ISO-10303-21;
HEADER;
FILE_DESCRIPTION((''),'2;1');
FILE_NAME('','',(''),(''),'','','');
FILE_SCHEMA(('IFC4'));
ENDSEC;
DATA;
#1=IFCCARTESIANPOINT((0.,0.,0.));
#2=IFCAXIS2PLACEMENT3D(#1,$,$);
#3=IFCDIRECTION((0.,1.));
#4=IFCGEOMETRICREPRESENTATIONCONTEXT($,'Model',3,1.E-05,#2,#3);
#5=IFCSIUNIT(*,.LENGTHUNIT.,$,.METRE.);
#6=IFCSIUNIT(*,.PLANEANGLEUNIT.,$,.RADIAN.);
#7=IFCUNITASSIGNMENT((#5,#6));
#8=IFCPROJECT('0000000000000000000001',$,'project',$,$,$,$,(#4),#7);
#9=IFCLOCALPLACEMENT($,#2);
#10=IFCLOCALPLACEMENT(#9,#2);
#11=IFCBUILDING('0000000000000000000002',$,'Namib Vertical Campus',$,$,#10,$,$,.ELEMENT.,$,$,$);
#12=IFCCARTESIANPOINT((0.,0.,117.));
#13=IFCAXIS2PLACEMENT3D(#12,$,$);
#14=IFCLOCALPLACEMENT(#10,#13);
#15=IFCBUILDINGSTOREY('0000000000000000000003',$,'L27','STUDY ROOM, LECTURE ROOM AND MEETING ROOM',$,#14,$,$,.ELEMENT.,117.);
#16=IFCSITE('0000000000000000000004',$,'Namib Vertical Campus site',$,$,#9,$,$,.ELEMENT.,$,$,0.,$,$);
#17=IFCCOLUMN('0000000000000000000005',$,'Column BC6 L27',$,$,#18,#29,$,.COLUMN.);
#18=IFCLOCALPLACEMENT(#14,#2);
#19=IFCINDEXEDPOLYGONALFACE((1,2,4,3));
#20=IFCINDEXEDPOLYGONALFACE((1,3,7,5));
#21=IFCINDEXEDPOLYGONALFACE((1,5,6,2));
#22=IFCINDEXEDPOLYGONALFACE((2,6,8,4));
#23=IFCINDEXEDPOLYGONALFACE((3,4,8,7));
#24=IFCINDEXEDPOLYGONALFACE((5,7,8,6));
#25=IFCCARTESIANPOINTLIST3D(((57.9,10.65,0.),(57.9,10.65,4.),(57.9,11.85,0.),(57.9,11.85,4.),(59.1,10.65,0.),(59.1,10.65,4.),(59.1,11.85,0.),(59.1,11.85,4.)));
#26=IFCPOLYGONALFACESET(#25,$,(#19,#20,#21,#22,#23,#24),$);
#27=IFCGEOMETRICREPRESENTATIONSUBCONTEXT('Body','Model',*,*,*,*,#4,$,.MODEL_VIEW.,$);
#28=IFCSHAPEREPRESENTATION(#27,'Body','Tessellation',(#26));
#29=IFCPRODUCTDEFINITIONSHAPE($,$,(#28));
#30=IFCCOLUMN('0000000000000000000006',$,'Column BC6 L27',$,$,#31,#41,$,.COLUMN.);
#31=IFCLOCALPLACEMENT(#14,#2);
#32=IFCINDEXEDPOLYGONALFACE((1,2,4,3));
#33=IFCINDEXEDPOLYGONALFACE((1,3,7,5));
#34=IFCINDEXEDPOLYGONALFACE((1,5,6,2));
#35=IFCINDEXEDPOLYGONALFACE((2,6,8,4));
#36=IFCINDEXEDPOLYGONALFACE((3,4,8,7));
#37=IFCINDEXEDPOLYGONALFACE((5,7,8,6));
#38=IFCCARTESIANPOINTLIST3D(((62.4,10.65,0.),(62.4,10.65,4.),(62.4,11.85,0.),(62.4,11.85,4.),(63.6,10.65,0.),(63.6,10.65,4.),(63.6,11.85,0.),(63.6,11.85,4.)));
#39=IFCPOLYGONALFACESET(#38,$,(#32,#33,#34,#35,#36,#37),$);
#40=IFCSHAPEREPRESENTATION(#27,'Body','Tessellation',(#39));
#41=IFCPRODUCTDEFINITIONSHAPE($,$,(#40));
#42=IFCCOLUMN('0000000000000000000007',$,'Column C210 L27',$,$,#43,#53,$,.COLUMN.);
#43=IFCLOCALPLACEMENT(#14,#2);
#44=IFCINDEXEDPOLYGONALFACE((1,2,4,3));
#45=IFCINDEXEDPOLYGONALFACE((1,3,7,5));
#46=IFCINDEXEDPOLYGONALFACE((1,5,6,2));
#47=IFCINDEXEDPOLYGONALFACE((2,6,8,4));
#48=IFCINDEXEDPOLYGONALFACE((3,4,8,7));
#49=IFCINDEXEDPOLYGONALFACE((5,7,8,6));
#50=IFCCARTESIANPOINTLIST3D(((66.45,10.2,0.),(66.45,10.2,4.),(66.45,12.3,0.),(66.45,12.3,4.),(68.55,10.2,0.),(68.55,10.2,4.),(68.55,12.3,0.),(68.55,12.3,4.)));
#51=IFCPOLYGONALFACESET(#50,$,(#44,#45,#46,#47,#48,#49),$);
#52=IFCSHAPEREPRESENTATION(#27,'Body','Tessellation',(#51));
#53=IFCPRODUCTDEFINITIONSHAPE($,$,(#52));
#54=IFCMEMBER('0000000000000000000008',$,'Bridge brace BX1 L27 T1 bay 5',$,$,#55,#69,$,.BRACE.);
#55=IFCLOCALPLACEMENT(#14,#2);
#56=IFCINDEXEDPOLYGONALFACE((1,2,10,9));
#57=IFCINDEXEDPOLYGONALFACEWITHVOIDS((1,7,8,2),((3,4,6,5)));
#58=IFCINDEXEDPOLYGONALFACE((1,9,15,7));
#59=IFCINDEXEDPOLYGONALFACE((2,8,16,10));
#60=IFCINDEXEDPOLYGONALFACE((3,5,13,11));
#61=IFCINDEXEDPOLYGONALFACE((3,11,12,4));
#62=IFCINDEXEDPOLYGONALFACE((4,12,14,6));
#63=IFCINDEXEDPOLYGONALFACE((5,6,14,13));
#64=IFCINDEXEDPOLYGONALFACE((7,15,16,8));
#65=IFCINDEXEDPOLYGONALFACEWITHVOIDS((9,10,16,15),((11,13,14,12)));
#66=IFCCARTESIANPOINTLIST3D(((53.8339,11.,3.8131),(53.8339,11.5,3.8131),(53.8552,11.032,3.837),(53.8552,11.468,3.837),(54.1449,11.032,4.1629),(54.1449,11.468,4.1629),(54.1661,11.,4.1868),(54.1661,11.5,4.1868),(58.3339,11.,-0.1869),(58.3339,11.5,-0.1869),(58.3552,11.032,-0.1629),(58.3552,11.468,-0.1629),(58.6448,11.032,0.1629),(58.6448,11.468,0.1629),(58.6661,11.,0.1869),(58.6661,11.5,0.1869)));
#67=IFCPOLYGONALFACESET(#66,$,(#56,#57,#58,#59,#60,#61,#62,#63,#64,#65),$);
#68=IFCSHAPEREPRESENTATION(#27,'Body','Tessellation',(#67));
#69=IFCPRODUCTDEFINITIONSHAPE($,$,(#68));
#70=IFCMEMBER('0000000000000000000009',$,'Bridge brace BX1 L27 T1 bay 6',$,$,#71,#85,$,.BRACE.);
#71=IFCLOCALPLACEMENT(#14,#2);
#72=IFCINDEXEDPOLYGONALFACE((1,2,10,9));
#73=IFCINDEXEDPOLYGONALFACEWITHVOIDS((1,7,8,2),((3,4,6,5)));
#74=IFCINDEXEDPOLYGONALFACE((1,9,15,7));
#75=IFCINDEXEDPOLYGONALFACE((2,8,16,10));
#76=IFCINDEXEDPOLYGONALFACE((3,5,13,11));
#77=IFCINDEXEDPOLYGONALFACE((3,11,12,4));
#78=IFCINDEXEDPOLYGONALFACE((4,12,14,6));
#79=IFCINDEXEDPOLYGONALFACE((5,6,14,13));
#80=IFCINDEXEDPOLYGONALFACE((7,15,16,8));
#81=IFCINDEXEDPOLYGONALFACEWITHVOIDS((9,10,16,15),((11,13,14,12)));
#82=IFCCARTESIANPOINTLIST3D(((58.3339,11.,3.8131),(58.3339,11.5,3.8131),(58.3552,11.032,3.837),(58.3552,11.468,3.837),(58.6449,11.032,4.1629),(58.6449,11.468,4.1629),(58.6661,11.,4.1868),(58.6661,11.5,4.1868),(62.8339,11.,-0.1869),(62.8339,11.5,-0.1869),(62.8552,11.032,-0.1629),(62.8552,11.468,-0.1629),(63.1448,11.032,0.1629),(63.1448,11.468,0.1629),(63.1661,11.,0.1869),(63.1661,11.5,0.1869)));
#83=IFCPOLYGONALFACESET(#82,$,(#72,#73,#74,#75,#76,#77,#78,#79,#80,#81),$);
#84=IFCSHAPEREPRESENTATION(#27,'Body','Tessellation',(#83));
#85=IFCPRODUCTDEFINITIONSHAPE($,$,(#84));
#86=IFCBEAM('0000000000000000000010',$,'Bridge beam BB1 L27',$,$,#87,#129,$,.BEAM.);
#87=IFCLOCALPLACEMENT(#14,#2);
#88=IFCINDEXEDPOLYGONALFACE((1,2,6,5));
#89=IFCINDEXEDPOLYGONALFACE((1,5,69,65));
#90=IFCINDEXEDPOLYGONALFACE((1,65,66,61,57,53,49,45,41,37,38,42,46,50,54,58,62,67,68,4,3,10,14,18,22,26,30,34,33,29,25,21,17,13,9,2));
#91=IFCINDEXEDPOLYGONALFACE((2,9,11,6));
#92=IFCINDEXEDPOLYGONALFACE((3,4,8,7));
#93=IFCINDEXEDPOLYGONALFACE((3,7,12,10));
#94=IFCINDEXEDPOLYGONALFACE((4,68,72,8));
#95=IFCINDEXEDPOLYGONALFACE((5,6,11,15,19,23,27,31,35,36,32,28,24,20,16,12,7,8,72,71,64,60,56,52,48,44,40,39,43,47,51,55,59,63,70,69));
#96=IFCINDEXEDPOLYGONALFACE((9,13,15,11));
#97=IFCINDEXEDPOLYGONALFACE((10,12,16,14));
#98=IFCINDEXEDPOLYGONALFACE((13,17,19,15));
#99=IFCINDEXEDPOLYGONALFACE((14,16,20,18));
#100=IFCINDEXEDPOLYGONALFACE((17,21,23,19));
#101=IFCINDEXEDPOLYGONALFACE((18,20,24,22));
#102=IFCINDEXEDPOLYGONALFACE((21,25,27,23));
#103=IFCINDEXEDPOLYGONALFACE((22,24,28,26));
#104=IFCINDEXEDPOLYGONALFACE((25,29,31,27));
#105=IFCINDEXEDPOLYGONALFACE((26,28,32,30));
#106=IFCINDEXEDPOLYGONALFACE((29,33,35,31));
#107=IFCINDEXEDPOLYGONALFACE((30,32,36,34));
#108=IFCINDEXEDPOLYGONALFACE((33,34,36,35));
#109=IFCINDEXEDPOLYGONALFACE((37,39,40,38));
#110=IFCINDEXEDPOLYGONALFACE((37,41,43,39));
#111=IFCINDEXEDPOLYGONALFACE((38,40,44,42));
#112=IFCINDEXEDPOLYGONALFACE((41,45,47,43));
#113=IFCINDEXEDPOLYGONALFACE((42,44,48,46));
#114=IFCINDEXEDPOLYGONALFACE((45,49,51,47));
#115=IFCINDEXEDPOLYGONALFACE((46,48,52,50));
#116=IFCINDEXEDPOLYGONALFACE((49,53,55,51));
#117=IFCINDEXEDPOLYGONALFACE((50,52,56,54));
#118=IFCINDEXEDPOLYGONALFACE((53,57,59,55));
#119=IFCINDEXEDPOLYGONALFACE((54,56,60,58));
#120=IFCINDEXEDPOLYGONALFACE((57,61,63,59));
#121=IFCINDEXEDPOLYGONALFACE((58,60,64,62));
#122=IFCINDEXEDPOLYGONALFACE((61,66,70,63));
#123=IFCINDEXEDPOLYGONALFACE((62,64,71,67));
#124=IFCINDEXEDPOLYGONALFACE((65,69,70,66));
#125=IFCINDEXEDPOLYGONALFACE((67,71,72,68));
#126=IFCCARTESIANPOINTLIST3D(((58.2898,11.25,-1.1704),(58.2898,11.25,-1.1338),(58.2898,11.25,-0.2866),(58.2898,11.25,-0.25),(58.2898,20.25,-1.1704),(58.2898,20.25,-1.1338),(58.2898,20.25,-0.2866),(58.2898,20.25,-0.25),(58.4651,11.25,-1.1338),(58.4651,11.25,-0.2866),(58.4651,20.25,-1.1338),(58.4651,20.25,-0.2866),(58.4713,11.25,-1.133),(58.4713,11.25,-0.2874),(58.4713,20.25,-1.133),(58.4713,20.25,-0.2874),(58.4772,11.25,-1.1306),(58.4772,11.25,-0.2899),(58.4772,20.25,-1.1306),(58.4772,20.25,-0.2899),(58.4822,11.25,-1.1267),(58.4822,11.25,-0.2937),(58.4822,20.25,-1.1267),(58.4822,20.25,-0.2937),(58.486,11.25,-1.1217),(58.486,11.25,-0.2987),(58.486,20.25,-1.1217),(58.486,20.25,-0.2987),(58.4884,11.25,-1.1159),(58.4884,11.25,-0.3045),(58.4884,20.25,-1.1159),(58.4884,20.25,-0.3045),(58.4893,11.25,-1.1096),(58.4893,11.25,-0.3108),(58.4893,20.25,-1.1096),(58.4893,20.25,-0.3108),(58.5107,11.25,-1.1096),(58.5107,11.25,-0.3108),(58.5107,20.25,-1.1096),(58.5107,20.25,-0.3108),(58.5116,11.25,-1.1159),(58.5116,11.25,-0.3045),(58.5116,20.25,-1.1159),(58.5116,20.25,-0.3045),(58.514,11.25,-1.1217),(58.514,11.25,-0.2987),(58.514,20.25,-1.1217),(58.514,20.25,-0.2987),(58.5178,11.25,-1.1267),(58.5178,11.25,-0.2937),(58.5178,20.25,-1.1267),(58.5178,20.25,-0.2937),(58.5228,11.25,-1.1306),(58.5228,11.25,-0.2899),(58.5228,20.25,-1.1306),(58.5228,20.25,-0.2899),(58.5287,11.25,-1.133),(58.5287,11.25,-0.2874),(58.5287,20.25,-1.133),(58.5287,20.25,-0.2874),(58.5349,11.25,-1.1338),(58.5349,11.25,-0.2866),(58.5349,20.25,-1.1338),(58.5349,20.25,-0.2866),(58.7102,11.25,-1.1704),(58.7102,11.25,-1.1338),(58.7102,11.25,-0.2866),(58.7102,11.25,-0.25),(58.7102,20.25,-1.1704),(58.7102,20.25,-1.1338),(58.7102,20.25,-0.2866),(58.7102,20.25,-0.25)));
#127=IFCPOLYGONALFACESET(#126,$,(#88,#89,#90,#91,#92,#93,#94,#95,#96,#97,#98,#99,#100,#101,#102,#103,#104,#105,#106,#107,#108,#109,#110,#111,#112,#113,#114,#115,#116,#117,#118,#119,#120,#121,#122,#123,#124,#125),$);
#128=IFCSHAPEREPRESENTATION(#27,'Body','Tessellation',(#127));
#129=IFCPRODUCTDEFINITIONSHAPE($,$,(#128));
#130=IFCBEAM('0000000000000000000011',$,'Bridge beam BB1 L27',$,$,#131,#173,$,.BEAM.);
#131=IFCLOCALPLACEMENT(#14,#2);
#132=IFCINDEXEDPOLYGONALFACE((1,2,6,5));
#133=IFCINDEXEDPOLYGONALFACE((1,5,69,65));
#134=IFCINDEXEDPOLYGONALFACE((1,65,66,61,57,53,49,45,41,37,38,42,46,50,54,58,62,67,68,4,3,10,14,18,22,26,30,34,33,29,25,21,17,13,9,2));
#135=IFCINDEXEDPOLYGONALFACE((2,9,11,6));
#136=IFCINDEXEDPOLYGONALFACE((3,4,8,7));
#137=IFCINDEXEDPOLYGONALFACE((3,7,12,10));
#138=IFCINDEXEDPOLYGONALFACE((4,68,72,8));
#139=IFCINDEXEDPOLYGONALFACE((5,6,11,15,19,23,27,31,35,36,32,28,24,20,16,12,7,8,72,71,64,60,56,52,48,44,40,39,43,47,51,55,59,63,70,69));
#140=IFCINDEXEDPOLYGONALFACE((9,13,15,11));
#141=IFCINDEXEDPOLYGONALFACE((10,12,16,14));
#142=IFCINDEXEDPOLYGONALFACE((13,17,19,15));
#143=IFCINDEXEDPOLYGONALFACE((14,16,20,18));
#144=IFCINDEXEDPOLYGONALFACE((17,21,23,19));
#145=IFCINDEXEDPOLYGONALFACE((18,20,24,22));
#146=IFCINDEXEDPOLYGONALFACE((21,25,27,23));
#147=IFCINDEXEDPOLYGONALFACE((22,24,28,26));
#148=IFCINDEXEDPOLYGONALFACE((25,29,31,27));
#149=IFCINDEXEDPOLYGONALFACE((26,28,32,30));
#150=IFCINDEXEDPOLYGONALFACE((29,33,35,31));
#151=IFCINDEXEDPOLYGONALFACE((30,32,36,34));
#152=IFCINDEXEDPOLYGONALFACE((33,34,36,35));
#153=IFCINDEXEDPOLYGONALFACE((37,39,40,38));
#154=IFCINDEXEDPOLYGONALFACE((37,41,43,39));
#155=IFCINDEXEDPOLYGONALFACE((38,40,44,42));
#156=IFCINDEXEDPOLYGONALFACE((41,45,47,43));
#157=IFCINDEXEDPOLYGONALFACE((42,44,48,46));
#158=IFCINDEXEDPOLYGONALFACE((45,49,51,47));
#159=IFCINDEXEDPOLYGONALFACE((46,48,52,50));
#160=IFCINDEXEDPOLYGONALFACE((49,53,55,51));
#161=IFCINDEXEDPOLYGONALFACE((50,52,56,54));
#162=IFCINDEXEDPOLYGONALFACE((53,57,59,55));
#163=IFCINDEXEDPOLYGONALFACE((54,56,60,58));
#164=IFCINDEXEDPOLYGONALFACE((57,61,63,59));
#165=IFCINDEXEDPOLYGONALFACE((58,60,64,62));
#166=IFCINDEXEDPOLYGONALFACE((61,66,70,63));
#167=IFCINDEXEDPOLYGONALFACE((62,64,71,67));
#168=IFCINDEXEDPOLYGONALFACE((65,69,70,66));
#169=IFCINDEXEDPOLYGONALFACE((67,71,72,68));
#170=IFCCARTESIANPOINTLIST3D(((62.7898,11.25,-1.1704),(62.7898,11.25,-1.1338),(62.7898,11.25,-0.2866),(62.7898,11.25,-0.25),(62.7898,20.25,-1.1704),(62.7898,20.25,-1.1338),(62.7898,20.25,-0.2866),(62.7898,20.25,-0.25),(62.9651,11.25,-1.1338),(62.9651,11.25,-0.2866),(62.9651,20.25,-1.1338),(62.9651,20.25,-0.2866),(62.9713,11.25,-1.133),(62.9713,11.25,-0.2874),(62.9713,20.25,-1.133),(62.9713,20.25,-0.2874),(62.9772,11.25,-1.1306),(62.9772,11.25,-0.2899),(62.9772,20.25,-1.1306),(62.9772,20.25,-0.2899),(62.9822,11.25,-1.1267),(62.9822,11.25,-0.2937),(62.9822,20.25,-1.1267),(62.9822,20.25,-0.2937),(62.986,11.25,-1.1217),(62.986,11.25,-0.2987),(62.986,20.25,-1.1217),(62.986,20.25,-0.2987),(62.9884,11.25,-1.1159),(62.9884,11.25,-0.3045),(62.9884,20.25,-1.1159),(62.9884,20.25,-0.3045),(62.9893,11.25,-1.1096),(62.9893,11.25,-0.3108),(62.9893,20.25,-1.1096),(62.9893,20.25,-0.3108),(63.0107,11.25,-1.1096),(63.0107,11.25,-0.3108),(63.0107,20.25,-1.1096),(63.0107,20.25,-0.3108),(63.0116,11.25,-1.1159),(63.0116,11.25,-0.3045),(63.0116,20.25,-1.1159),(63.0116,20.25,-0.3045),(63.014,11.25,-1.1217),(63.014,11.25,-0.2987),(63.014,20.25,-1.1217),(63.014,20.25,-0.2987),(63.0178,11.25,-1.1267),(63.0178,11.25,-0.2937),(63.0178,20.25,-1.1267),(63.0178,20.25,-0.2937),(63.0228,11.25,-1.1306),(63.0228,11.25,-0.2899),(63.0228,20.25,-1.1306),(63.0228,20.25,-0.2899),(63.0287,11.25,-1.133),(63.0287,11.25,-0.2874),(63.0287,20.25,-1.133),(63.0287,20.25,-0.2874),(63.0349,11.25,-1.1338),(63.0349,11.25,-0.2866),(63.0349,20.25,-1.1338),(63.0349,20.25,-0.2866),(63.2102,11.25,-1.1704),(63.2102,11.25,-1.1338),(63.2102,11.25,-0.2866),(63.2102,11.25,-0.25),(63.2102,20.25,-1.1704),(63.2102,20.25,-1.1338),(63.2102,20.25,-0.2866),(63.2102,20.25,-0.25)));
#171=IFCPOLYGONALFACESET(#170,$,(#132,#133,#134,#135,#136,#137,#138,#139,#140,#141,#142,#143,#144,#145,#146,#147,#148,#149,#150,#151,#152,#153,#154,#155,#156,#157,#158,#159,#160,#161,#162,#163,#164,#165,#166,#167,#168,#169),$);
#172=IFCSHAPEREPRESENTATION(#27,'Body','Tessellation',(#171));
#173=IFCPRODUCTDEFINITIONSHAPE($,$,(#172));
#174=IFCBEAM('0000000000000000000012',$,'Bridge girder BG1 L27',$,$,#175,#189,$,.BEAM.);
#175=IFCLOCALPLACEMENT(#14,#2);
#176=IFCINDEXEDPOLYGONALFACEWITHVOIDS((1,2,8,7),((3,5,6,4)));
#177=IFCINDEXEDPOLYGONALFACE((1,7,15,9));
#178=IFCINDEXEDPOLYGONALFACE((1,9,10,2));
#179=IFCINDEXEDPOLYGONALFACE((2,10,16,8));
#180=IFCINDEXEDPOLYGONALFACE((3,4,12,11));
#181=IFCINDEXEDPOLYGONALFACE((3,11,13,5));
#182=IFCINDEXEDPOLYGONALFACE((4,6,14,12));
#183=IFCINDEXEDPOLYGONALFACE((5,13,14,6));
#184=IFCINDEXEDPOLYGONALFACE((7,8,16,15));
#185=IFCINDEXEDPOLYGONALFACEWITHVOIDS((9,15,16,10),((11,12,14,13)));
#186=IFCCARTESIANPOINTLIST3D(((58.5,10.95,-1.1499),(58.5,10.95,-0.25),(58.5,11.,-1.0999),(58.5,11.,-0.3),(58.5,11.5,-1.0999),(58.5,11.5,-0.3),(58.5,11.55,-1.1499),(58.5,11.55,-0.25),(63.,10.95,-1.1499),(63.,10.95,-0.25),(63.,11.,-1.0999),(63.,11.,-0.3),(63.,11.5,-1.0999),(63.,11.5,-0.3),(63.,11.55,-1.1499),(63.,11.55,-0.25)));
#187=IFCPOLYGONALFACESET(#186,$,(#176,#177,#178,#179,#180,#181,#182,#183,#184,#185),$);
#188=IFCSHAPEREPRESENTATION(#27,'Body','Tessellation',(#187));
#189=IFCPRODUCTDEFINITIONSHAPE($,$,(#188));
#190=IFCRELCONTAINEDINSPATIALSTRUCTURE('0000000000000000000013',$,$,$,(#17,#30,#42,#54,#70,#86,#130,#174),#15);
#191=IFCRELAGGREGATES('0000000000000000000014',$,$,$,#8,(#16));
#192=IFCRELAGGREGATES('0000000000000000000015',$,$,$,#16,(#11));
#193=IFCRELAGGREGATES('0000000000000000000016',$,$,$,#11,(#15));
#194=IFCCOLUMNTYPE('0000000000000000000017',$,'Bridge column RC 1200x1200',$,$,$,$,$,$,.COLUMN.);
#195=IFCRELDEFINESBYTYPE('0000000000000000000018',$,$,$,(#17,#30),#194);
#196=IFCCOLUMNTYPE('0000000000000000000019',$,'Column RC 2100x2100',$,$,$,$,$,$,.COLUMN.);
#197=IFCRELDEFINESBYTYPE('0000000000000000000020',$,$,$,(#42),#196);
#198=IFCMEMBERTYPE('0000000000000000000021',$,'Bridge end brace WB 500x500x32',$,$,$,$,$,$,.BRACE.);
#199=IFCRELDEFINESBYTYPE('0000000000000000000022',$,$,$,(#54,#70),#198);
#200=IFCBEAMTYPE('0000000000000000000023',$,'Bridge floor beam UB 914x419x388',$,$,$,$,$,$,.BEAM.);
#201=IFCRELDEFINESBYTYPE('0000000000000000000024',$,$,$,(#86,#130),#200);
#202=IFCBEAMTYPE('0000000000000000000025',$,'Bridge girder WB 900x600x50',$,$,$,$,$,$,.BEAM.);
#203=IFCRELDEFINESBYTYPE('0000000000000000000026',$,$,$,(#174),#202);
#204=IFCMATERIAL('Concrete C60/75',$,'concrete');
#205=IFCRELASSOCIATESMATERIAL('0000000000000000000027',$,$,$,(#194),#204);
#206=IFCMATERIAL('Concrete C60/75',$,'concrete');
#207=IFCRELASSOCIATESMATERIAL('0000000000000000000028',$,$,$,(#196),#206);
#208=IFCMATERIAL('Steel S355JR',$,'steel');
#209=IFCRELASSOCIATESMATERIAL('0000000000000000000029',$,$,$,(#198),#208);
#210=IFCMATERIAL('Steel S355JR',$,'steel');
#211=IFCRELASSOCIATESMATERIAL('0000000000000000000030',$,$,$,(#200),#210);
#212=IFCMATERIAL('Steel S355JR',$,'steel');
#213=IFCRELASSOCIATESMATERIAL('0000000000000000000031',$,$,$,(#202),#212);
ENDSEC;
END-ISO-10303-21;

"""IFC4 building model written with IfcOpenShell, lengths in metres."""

from ifc_helpers import new_model, si_unit, direction, frame, origin, origin_2d, place, context, subcontext, project, spatial, rectangle, hollow_rectangle, i_section, extrude, material, material_profile, profile_set, type_object, element, save


model = new_model("IFC4")

# Units and contexts
model_context = context("Model", 3, precision=1e-05, world=origin(), true_north=direction((0.0, 1.0)))
body_context = subcontext(model_context, "Body", "Model", "MODEL_VIEW")
ifc_project = project(units=[si_unit("LENGTHUNIT", "METRE"), si_unit("PLANEANGLEUNIT", "RADIAN")], contexts=[model_context])

# Site, building, storey
site_placement = place(None, origin())
site = spatial("IfcSite", under=ifc_project, at=site_placement, Name="Namib Vertical Campus site", CompositionType="ELEMENT", RefElevation=0.0)
building_placement = place(site_placement, origin())
building = spatial("IfcBuilding", under=site, at=building_placement, Name="Namib Vertical Campus", CompositionType="ELEMENT")
storey_placement = place(building_placement, frame((0.0, 0.0, 117.0)))
storey = spatial("IfcBuildingStorey", under=building, at=storey_placement, Name="L27", Description="STUDY ROOM, LECTURE ROOM AND MEETING ROOM", CompositionType="ELEMENT", Elevation=117.0)

# Columns
ifc_material_1 = material(Name="Concrete C60/75", Category="concrete")
ifc_material_profile_1 = material_profile(ifc_material_1, rectangle(XDim=1.2, YDim=1.2, at=origin_2d()))
ifc_profile_set_1 = profile_set([ifc_material_profile_1], Name="Concrete C60/75")
column_type_1 = type_object("IfcColumnType", Name="Bridge column RC 1200x1200", PredefinedType="COLUMN", material=ifc_profile_set_1)
for number, where, z_axis, x_axis, name in (
    (1, (58.5, 11.25, 0.0), (0.0, 0.0, 1.0), (1.0, 0.0, 0.0), "Column BC6 L27"),
    (2, (63.0, 11.25, 0.0), (0.0, 0.0, 1.0), (1.0, 0.0, 0.0), "Column BC6 L27"),
):
    element("IfcColumn", number, at=place(storey_placement, frame(where, z_axis=z_axis, x_axis=x_axis)), inside=storey, type_object=column_type_1, Name=name, PredefinedType="COLUMN", context=body_context, shape_type="SweptSolid", body=[
        extrude(rectangle(XDim=1.2, YDim=1.2, at=origin_2d()), origin(), (0.0, 0.0, 1.0), 4.0),
    ])
ifc_material_2 = material(Name="Concrete C60/75", Category="concrete")
ifc_material_profile_2 = material_profile(ifc_material_2, rectangle(XDim=2.1001, YDim=2.1001, at=origin_2d()))
ifc_profile_set_2 = profile_set([ifc_material_profile_2], Name="Concrete C60/75")
column_type_2 = type_object("IfcColumnType", Name="Column RC 2100x2100", PredefinedType="COLUMN", material=ifc_profile_set_2)
column_placement = place(storey_placement, frame((67.5, 11.25, 0.0), z_axis=(0.0, 0.0, 1.0), x_axis=(1.0, 0.0, 0.0)))
element("IfcColumn", 3, at=column_placement, inside=storey, type_object=column_type_2, Name="Column C210 L27", PredefinedType="COLUMN", context=body_context, shape_type="SweptSolid", body=[
    extrude(rectangle(XDim=2.1001, YDim=2.1001, at=origin_2d()), origin(), (0.0, 0.0, 1.0), 4.0),
])

# Members
ifc_material_3 = material(Name="Steel S355JR", Category="steel")
ifc_material_profile_3 = material_profile(ifc_material_3, hollow_rectangle(XDim=0.5, YDim=0.5, WallThickness=0.032, at=origin_2d()))
ifc_profile_set_3 = profile_set([ifc_material_profile_3], Name="Steel S355JR")
member_type_1 = type_object("IfcMemberType", Name="Bridge end brace WB 500x500x32", PredefinedType="BRACE", material=ifc_profile_set_3)
for number, where, z_axis, x_axis, name in (
    (4, (58.5, 11.25, 0.0), (-0.747409, 0.0, 0.664364), (0.0, -1.0, 0.0), "Bridge brace BX1 L27 T1 bay 5"),
    (5, (63.0, 11.25, 0.0), (-0.747409, 0.0, 0.664364), (0.0, -1.0, 0.0), "Bridge brace BX1 L27 T1 bay 6"),
):
    element("IfcMember", number, at=place(storey_placement, frame(where, z_axis=z_axis, x_axis=x_axis)), inside=storey, type_object=member_type_1, Name=name, PredefinedType="BRACE", context=body_context, shape_type="SweptSolid", body=[
        extrude(hollow_rectangle(XDim=0.5, YDim=0.5, WallThickness=0.032, at=origin_2d()), origin(), (0.0, 0.0, 1.0), 6.0208),
    ])

# Beams
ifc_material_4 = material(Name="Steel S355JR", Category="steel")
ifc_material_profile_4 = material_profile(ifc_material_4, i_section(OverallWidth=0.4204, OverallDepth=0.9204, WebThickness=0.0215, FlangeThickness=0.0366, FilletRadius=0.0242, at=origin_2d()))
ifc_profile_set_4 = profile_set([ifc_material_profile_4], Name="Steel S355JR")
beam_type_1 = type_object("IfcBeamType", Name="Bridge floor beam UB 914x419x388", PredefinedType="BEAM", material=ifc_profile_set_4)
for number, where, z_axis, x_axis, name in (
    (6, (58.5, 11.25, -0.7102), (0.0, 1.0, 0.0), (-1.0, 0.0, 0.0), "Bridge beam BB1 L27"),
    (7, (63.0, 11.25, -0.7102), (0.0, 1.0, 0.0), (-1.0, 0.0, 0.0), "Bridge beam BB1 L27"),
):
    element("IfcBeam", number, at=place(storey_placement, frame(where, z_axis=z_axis, x_axis=x_axis)), inside=storey, type_object=beam_type_1, Name=name, PredefinedType="BEAM", context=body_context, shape_type="SweptSolid", body=[
        extrude(i_section(OverallWidth=0.4204, OverallDepth=0.9204, WebThickness=0.0215, FlangeThickness=0.0366, FilletRadius=0.0242, at=origin_2d()), origin(), (0.0, 0.0, 1.0), 9.0),
    ])
ifc_material_5 = material(Name="Steel S355JR", Category="steel")
ifc_material_profile_5 = material_profile(ifc_material_5, hollow_rectangle(XDim=0.6001, YDim=0.8999, WallThickness=0.05, at=origin_2d()))
ifc_profile_set_5 = profile_set([ifc_material_profile_5], Name="Steel S355JR")
beam_type_2 = type_object("IfcBeamType", Name="Bridge girder WB 900x600x50", PredefinedType="BEAM", material=ifc_profile_set_5)
for number, where, z_axis, x_axis, name in (
    (8, (58.5, 11.25, -0.7), (1.0, 0.0, 0.0), (0.0, 1.0, 0.0), "Bridge girder BG1 L27"),
):
    element("IfcBeam", number, at=place(storey_placement, frame(where, z_axis=z_axis, x_axis=x_axis)), inside=storey, type_object=beam_type_2, Name=name, PredefinedType="BEAM", context=body_context, shape_type="SweptSolid", body=[
        extrude(hollow_rectangle(XDim=0.6001, YDim=0.8999, WallThickness=0.05, at=origin_2d()), origin(), (0.0, 0.0, 1.0), 4.5),
    ])

save(model, "model.ifc")
